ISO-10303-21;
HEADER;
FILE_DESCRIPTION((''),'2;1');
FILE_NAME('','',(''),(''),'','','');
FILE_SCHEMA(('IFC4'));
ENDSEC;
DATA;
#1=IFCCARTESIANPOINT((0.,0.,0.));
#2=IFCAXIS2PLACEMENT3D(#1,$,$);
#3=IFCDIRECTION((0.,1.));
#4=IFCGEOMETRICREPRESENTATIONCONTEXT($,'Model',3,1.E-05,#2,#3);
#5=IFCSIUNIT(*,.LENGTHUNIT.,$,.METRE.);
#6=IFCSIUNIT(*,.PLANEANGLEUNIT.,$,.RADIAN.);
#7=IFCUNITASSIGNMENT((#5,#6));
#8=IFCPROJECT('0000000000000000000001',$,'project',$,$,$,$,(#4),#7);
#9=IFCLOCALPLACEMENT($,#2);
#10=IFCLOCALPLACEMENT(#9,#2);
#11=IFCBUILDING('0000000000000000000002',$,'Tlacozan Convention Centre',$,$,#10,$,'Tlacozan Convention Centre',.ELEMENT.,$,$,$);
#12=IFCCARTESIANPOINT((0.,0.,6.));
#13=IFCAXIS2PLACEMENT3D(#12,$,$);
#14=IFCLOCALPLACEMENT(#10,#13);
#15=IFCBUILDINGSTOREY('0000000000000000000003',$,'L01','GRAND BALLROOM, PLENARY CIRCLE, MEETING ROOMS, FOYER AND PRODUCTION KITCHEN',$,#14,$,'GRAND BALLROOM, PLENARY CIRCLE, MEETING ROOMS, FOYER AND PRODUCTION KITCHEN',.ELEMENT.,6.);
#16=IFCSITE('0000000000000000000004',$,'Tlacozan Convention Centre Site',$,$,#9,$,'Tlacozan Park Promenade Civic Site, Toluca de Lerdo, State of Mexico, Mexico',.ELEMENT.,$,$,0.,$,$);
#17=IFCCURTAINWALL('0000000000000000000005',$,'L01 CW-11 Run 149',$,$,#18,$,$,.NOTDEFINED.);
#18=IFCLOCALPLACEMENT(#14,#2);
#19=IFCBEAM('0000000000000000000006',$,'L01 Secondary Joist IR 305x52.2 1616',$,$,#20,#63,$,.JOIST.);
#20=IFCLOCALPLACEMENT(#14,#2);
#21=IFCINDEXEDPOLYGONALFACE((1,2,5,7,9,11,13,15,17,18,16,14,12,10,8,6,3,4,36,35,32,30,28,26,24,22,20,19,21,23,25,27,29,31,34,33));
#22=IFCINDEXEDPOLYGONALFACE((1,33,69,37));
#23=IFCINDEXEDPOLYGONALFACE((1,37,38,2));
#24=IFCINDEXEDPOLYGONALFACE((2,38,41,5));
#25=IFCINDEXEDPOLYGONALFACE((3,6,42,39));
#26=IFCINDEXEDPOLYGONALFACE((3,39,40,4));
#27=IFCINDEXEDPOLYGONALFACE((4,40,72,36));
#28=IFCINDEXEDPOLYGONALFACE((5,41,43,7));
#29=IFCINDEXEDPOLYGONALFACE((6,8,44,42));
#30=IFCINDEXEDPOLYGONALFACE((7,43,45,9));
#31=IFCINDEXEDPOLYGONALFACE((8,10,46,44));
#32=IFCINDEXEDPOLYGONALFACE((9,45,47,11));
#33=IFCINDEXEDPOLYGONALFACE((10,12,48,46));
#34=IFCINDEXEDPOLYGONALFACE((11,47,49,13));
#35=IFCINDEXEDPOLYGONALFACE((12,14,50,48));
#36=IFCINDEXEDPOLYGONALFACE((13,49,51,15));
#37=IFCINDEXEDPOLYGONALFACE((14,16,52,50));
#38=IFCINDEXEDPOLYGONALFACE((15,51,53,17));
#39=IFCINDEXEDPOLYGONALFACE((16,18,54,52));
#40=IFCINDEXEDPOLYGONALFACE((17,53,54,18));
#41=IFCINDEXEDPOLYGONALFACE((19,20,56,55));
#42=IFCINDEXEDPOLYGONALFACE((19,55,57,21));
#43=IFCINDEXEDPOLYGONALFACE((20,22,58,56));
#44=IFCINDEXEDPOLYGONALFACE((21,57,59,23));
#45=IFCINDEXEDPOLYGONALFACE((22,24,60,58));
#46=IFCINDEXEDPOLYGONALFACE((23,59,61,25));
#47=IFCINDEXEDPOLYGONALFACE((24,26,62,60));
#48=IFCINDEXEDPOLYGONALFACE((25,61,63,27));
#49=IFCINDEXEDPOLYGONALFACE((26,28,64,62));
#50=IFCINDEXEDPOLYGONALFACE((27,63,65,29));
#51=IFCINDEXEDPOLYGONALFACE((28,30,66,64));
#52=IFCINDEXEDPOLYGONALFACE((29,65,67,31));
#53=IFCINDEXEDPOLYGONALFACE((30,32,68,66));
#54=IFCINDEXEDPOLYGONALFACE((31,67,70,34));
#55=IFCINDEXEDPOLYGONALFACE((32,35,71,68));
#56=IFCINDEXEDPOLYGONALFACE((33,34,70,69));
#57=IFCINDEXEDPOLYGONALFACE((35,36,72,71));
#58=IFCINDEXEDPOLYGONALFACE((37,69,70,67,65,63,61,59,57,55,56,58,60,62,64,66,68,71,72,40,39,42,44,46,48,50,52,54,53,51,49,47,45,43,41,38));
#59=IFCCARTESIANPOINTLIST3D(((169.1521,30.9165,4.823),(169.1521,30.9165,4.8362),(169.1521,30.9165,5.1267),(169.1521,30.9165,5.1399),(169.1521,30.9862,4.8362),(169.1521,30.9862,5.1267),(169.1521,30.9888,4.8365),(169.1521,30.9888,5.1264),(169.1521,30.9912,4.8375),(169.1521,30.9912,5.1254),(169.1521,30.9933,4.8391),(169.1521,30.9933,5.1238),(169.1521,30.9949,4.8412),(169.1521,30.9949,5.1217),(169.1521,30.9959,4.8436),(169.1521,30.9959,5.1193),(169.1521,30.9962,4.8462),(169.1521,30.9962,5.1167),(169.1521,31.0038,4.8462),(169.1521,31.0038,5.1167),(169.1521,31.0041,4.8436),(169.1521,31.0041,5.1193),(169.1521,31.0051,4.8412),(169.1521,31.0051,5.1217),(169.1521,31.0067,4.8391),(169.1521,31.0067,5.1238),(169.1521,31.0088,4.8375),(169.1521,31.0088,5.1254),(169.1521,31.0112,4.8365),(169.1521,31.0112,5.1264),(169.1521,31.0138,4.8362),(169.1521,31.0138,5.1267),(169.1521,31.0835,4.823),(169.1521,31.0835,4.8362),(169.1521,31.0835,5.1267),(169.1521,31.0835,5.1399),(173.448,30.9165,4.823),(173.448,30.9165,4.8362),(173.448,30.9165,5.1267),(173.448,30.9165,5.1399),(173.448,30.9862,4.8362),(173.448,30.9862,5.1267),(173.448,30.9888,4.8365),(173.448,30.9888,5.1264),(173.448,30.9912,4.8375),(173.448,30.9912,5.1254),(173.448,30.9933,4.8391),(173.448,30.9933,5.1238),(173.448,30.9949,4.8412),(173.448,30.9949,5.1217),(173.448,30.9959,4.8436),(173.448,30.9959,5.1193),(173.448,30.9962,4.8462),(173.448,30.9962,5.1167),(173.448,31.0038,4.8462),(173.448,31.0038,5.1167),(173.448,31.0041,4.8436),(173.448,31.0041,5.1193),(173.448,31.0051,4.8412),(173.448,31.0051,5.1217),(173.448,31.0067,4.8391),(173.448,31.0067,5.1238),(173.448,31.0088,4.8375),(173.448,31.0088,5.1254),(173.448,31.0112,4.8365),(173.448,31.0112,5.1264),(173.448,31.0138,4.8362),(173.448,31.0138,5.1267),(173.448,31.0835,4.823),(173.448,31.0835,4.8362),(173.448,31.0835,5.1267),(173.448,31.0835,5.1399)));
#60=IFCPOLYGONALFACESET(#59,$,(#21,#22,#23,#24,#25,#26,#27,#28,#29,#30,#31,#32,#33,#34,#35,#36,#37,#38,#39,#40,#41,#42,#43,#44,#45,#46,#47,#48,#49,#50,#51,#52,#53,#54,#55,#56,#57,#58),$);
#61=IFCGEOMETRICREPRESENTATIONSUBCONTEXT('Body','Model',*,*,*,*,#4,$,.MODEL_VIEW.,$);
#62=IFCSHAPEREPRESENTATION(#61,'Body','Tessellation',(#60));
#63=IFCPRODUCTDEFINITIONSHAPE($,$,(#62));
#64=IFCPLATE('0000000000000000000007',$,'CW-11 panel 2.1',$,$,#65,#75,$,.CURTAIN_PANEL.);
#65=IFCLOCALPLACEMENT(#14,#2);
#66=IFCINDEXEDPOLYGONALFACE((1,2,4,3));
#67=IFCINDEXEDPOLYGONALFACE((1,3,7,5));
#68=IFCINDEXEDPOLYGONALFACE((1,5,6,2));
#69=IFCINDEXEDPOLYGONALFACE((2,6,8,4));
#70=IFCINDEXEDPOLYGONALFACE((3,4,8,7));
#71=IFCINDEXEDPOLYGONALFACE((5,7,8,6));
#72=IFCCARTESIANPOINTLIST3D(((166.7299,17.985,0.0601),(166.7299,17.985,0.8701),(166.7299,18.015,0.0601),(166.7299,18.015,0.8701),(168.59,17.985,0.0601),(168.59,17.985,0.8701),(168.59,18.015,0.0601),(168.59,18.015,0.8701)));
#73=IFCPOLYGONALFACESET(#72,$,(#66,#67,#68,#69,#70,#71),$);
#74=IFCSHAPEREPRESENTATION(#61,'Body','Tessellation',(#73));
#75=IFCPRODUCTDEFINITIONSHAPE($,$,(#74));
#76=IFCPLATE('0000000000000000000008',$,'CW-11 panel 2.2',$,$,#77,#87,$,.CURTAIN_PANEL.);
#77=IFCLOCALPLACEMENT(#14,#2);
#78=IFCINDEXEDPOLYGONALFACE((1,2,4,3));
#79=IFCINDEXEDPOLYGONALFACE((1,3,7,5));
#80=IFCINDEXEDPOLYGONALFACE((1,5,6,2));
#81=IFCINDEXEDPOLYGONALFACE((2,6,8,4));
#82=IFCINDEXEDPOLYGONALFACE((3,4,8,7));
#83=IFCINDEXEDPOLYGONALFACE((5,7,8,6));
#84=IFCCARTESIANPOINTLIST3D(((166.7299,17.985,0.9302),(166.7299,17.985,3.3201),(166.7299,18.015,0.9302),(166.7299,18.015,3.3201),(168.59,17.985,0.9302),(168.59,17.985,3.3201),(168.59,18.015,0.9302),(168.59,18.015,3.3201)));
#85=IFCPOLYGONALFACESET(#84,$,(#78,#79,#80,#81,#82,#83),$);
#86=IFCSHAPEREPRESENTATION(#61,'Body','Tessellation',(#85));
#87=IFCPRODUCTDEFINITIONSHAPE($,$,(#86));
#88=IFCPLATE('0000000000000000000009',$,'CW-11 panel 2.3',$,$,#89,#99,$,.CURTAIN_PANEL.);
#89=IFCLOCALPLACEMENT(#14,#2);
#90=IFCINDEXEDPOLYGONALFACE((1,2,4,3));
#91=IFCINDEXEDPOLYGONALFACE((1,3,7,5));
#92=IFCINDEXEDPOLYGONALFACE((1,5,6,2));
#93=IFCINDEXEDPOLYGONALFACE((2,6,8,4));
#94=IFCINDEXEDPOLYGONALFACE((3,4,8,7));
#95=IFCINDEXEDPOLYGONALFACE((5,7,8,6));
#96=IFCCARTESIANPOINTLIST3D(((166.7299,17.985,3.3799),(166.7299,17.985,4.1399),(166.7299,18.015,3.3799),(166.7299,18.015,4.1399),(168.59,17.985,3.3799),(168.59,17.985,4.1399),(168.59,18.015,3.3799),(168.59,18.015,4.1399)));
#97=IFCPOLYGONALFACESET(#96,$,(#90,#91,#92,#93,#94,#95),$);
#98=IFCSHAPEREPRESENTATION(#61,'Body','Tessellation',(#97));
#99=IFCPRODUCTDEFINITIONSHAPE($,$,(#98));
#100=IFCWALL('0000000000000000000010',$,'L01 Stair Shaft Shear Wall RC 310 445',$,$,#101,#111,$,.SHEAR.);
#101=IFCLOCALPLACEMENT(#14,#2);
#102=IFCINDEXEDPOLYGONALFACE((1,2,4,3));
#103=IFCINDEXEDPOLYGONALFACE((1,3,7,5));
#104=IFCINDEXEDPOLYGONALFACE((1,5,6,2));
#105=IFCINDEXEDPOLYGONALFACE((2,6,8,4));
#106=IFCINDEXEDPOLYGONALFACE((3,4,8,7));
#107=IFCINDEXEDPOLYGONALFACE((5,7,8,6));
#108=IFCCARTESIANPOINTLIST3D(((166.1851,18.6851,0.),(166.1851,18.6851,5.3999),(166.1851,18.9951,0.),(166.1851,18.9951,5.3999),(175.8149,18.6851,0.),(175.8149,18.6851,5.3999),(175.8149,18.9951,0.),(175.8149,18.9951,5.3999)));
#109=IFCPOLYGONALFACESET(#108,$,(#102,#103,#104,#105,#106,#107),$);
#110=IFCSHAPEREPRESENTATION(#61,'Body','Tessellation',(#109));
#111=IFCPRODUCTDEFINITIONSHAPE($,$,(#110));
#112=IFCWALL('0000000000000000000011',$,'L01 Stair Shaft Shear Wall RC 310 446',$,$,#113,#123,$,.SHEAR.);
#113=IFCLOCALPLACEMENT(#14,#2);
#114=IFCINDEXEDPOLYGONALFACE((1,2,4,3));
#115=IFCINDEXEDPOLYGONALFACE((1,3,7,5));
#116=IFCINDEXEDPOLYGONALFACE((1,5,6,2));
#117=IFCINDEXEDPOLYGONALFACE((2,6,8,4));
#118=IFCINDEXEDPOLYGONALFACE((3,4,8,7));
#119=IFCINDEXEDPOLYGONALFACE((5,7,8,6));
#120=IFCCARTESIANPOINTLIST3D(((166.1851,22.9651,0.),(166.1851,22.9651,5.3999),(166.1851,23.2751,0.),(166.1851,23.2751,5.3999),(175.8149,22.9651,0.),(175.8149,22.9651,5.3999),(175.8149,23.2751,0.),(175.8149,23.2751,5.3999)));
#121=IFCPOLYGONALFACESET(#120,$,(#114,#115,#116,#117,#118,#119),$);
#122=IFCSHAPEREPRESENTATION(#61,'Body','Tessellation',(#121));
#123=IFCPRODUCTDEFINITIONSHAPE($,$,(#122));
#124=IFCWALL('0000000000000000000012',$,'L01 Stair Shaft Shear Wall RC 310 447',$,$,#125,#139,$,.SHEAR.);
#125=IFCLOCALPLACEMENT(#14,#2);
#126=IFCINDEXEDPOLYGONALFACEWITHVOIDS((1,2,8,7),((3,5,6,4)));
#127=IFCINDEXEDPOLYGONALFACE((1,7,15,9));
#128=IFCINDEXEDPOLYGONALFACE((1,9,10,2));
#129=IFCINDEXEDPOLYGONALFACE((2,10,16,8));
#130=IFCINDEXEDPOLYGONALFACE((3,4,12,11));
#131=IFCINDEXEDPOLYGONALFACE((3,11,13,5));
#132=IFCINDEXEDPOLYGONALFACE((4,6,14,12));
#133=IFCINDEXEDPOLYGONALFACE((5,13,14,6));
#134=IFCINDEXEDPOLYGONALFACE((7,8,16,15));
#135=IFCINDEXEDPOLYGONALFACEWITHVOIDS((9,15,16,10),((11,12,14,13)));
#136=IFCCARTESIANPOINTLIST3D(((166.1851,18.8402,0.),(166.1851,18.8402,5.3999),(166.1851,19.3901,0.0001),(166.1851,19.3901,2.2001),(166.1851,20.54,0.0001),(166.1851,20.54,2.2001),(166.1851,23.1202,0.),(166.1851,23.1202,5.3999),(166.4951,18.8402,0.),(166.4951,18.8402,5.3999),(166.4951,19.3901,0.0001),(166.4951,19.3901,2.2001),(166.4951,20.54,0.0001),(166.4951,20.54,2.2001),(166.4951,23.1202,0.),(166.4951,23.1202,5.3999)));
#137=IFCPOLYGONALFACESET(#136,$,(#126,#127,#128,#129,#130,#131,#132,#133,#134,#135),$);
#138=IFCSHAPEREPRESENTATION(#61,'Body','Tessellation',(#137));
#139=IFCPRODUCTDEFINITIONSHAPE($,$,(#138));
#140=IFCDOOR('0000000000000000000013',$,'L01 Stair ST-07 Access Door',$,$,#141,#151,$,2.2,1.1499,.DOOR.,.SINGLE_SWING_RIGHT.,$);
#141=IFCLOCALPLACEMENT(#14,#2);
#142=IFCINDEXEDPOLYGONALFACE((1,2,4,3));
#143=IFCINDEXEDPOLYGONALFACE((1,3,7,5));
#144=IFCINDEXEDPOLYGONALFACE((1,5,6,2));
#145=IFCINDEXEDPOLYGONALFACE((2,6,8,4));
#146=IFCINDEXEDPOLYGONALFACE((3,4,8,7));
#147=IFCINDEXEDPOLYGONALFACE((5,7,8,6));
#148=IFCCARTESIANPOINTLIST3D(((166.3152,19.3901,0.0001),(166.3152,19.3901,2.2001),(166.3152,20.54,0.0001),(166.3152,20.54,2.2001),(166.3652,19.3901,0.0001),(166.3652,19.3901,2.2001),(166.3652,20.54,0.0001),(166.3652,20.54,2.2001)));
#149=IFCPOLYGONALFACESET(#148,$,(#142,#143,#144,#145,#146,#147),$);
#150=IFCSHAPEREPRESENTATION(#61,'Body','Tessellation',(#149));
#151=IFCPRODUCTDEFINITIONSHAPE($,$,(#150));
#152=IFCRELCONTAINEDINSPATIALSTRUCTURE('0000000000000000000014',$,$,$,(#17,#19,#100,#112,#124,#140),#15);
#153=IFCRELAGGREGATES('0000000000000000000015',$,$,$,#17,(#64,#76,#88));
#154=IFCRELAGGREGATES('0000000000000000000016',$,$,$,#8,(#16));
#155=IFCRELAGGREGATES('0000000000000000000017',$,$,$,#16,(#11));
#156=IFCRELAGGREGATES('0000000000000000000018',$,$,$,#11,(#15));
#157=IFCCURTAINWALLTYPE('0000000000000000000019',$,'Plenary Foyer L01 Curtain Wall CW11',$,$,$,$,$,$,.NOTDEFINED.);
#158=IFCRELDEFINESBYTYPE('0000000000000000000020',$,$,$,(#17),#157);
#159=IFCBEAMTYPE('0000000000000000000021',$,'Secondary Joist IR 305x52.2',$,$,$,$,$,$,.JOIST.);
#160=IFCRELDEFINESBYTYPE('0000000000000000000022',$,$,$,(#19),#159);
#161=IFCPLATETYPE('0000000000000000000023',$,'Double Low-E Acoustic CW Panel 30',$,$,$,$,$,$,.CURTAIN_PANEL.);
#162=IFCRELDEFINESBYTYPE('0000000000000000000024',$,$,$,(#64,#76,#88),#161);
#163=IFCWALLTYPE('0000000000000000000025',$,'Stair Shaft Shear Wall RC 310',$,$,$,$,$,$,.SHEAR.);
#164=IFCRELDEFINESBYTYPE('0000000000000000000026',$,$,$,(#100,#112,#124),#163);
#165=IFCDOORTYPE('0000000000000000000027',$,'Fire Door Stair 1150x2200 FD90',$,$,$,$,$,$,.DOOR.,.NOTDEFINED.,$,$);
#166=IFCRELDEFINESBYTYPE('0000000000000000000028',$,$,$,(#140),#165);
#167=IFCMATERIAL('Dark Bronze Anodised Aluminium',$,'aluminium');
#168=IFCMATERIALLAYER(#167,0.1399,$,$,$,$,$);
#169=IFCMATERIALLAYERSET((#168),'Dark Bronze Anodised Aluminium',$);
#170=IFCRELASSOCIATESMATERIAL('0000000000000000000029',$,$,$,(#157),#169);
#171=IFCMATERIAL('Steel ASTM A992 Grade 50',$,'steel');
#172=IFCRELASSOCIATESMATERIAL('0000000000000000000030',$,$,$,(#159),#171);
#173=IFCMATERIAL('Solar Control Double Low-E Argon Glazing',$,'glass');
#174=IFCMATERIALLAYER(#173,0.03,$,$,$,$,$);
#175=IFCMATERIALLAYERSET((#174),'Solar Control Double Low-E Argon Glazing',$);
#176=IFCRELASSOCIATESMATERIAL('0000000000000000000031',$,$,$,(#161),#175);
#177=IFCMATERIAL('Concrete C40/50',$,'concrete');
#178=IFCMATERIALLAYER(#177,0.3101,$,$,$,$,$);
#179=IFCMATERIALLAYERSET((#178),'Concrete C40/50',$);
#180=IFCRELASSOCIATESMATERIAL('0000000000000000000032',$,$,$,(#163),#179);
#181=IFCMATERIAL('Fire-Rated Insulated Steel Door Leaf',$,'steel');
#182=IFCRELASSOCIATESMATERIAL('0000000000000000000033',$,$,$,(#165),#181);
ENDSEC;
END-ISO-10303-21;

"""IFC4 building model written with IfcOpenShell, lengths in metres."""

from ifc_helpers import new_model, si_unit, direction, frame, frame_2d, origin, origin_2d, place, context, subcontext, project, spatial, rectangle, i_section, extrude, material, layer, layer_set, material_profile, profile_set, type_object, element, fill, aggregate, save


model = new_model("IFC4")

# Units and contexts
model_context = context("Model", 3, precision=1e-05, world=origin(), true_north=direction((0.0, 1.0)))
body_context = subcontext(model_context, "Body", "Model", "MODEL_VIEW")
ifc_project = project(units=[si_unit("LENGTHUNIT", "METRE"), si_unit("PLANEANGLEUNIT", "RADIAN")], contexts=[model_context])

# Site, building, storey
site_placement = place(None, origin())
site = spatial("IfcSite", under=ifc_project, at=site_placement, Name="Tlacozan Convention Centre Site", LongName="Tlacozan Park Promenade Civic Site, Toluca de Lerdo, State of Mexico, Mexico", CompositionType="ELEMENT", RefElevation=0.0)
building_placement = place(site_placement, origin())
building = spatial("IfcBuilding", under=site, at=building_placement, Name="Tlacozan Convention Centre", LongName="Tlacozan Convention Centre", CompositionType="ELEMENT")
storey_placement = place(building_placement, frame((0.0, 0.0, 6.0)))
storey = spatial("IfcBuildingStorey", under=building, at=storey_placement, Name="L01", Description="GRAND BALLROOM, PLENARY CIRCLE, MEETING ROOMS, FOYER AND PRODUCTION KITCHEN", LongName="GRAND BALLROOM, PLENARY CIRCLE, MEETING ROOMS, FOYER AND PRODUCTION KITCHEN", CompositionType="ELEMENT", Elevation=6.0)

# Shared definitions
ifc_material_1 = material(Name="Concrete C40/50", Category="concrete")

# Curtain wall
ifc_material_2 = material(Name="Dark Bronze Anodised Aluminium", Category="aluminium")
ifc_layer_1 = layer(ifc_material_2, 0.1399)
ifc_layer_set_1 = layer_set([ifc_layer_1], Name="Dark Bronze Anodised Aluminium")
curtain_wall_type = type_object("IfcCurtainWallType", Name="Plenary Foyer L01 Curtain Wall CW11", PredefinedType="NOTDEFINED", material=ifc_layer_set_1)
curtain_wall_1_placement = place(storey_placement, origin())
curtain_wall_1 = element("IfcCurtainWall", 1, at=curtain_wall_1_placement, inside=storey, type_object=curtain_wall_type, Name="L01 CW-11 Run 149", PredefinedType="NOTDEFINED")

# Beam
ifc_material_3 = material(Name="Steel ASTM A992 Grade 50", Category="steel")
ifc_material_profile_1 = material_profile(ifc_material_3, i_section(OverallWidth=0.167, OverallDepth=0.3169, WebThickness=0.0076, FlangeThickness=0.0132, FilletRadius=0.01, at=origin_2d()), Name="IR 305x52.2")
ifc_profile_set_1 = profile_set([ifc_material_profile_1], Name="Steel ASTM A992 Grade 50")
beam_type_1 = type_object("IfcBeamType", Name="Secondary Joist IR 305x52.2", PredefinedType="JOIST", material=ifc_profile_set_1)
for number, where, z_axis, x_axis, name in (
    (2, (169.1521, 31.0, 4.9814), (1.0, 0.0, 0.0), (0.0, 1.0, 0.0), "L01 Secondary Joist IR 305x52.2 1616"),
):
    element("IfcBeam", number, at=place(storey_placement, frame(where, z_axis=z_axis, x_axis=x_axis)), inside=storey, type_object=beam_type_1, Name=name, PredefinedType="JOIST", context=body_context, shape_type="SweptSolid", body=[
        extrude(i_section(OverallWidth=0.167, OverallDepth=0.3169, WebThickness=0.0076, FlangeThickness=0.0132, FilletRadius=0.01, at=origin_2d()), origin(), (0.0, 0.0, 1.0), 4.2959),
    ])

# Plates
ifc_material_4 = material(Name="Solar Control Double Low-E Argon Glazing", Category="glass")
ifc_layer_2 = layer(ifc_material_4, 0.03)
ifc_layer_set_2 = layer_set([ifc_layer_2], Name="Solar Control Double Low-E Argon Glazing")
plate_type = type_object("IfcPlateType", Name="Double Low-E Acoustic CW Panel 30", PredefinedType="CURTAIN_PANEL", material=ifc_layer_set_2)
plate_1_placement = place(storey_placement, frame((167.6599, 18.0, 0.0601), z_axis=(0.0, 0.0, 1.0), x_axis=(1.0, 0.0, 0.0)))
plate_1 = element("IfcPlate", 3, at=plate_1_placement, type_object=plate_type, Name="CW-11 panel 2.1", PredefinedType="CURTAIN_PANEL", context=body_context, shape_type="SweptSolid", body=[
    extrude(rectangle(XDim=1.8601, YDim=0.03, at=origin_2d()), origin(), (0.0, 0.0, 1.0), 0.8101),
])
plate_2_placement = place(storey_placement, frame((167.6599, 18.0, 0.9302), z_axis=(0.0, 0.0, 1.0), x_axis=(1.0, 0.0, 0.0)))
plate_2 = element("IfcPlate", 4, at=plate_2_placement, type_object=plate_type, Name="CW-11 panel 2.2", PredefinedType="CURTAIN_PANEL", context=body_context, shape_type="SweptSolid", body=[
    extrude(rectangle(XDim=1.8601, YDim=0.03, at=origin_2d()), origin(), (0.0, 0.0, 1.0), 2.3899),
])
plate_3_placement = place(storey_placement, frame((167.6599, 18.0, 3.3799), z_axis=(0.0, 0.0, 1.0), x_axis=(1.0, 0.0, 0.0)))
plate_3 = element("IfcPlate", 5, at=plate_3_placement, type_object=plate_type, Name="CW-11 panel 2.3", PredefinedType="CURTAIN_PANEL", context=body_context, shape_type="SweptSolid", body=[
    extrude(rectangle(XDim=1.8601, YDim=0.03, at=origin_2d()), origin(), (0.0, 0.0, 1.0), 0.76),
])
aggregate(curtain_wall_1, [plate_1, plate_2, plate_3])

# Walls
ifc_layer_3 = layer(ifc_material_1, 0.3101)
ifc_layer_set_3 = layer_set([ifc_layer_3], Name="Concrete C40/50")
wall_type = type_object("IfcWallType", Name="Stair Shaft Shear Wall RC 310", PredefinedType="SHEAR", material=ifc_layer_set_3)
for number, where, z_axis, x_axis, name in (
    (6, (166.1851, 18.8401, 0.0), (0.0, 0.0, 1.0), (1.0, 0.0, 0.0), "L01 Stair Shaft Shear Wall RC 310 445"),
    (7, (166.1851, 23.1201, 0.0), (0.0, 0.0, 1.0), (1.0, 0.0, 0.0), "L01 Stair Shaft Shear Wall RC 310 446"),
):
    element("IfcWall", number, at=place(storey_placement, frame(where, z_axis=z_axis, x_axis=x_axis)), inside=storey, type_object=wall_type, Name=name, PredefinedType="SHEAR", context=body_context, shape_type="SweptSolid", body=[
        extrude(rectangle(XDim=9.6299, YDim=0.3101, at=frame_2d((4.8149, 0.0))), origin(), (0.0, 0.0, 1.0), 5.3999),
    ])

# Wall, opening, door
wall_placement = place(storey_placement, frame((166.3401, 18.8401, 0.0), z_axis=(0.0, 0.0, 1.0), x_axis=(0.0, 1.0, 0.0)))
wall = element("IfcWall", 8, at=wall_placement, inside=storey, type_object=wall_type, Name="L01 Stair Shaft Shear Wall RC 310 447", PredefinedType="SHEAR", context=body_context, shape_type="SweptSolid", body=[
    extrude(rectangle(XDim=4.28, YDim=0.3101, at=frame_2d((2.1401, 0.0))), origin(), (0.0, 0.0, 1.0), 5.3999),
])
opening_placement = place(wall_placement, frame((0.55, 0.0, 0.0)))
opening = element("IfcOpeningElement", 9, at=opening_placement, cuts=wall, PredefinedType="OPENING", context=body_context, shape_type="SweptSolid", body=[
    extrude(rectangle(XDim=1.1499, YDim=2.2, at=frame_2d((0.575, 1.1001))), frame((0.0, 0.165, 0.0), z_axis=(0.0, -1.0, 0.0), x_axis=(1.0, 0.0, 0.0)), (0.0, 0.0, 1.0), 0.3301),
])
ifc_material_5 = material(Name="Fire-Rated Insulated Steel Door Leaf", Category="steel")
door_type = type_object("IfcDoorType", Name="Fire Door Stair 1150x2200 FD90", OperationType="NOTDEFINED", PredefinedType="DOOR", material=ifc_material_5)
door_placement = place(opening_placement, origin())
door = element("IfcDoor", 10, at=door_placement, inside=storey, type_object=door_type, Name="L01 Stair ST-07 Access Door", OperationType="SINGLE_SWING_RIGHT", OverallHeight=2.2, OverallWidth=1.1499, PredefinedType="DOOR", context=body_context, shape_type="SweptSolid", body=[
    extrude(rectangle(XDim=1.1499, YDim=2.2, at=frame_2d((0.575, 1.1001))), frame((0.0, 0.0249, 0.0), z_axis=(0.0, -1.0, 0.0), x_axis=(1.0, 0.0, 0.0)), (0.0, 0.0, 1.0), 0.05),
])
fill(opening, door)

save(model, "model.ifc")
